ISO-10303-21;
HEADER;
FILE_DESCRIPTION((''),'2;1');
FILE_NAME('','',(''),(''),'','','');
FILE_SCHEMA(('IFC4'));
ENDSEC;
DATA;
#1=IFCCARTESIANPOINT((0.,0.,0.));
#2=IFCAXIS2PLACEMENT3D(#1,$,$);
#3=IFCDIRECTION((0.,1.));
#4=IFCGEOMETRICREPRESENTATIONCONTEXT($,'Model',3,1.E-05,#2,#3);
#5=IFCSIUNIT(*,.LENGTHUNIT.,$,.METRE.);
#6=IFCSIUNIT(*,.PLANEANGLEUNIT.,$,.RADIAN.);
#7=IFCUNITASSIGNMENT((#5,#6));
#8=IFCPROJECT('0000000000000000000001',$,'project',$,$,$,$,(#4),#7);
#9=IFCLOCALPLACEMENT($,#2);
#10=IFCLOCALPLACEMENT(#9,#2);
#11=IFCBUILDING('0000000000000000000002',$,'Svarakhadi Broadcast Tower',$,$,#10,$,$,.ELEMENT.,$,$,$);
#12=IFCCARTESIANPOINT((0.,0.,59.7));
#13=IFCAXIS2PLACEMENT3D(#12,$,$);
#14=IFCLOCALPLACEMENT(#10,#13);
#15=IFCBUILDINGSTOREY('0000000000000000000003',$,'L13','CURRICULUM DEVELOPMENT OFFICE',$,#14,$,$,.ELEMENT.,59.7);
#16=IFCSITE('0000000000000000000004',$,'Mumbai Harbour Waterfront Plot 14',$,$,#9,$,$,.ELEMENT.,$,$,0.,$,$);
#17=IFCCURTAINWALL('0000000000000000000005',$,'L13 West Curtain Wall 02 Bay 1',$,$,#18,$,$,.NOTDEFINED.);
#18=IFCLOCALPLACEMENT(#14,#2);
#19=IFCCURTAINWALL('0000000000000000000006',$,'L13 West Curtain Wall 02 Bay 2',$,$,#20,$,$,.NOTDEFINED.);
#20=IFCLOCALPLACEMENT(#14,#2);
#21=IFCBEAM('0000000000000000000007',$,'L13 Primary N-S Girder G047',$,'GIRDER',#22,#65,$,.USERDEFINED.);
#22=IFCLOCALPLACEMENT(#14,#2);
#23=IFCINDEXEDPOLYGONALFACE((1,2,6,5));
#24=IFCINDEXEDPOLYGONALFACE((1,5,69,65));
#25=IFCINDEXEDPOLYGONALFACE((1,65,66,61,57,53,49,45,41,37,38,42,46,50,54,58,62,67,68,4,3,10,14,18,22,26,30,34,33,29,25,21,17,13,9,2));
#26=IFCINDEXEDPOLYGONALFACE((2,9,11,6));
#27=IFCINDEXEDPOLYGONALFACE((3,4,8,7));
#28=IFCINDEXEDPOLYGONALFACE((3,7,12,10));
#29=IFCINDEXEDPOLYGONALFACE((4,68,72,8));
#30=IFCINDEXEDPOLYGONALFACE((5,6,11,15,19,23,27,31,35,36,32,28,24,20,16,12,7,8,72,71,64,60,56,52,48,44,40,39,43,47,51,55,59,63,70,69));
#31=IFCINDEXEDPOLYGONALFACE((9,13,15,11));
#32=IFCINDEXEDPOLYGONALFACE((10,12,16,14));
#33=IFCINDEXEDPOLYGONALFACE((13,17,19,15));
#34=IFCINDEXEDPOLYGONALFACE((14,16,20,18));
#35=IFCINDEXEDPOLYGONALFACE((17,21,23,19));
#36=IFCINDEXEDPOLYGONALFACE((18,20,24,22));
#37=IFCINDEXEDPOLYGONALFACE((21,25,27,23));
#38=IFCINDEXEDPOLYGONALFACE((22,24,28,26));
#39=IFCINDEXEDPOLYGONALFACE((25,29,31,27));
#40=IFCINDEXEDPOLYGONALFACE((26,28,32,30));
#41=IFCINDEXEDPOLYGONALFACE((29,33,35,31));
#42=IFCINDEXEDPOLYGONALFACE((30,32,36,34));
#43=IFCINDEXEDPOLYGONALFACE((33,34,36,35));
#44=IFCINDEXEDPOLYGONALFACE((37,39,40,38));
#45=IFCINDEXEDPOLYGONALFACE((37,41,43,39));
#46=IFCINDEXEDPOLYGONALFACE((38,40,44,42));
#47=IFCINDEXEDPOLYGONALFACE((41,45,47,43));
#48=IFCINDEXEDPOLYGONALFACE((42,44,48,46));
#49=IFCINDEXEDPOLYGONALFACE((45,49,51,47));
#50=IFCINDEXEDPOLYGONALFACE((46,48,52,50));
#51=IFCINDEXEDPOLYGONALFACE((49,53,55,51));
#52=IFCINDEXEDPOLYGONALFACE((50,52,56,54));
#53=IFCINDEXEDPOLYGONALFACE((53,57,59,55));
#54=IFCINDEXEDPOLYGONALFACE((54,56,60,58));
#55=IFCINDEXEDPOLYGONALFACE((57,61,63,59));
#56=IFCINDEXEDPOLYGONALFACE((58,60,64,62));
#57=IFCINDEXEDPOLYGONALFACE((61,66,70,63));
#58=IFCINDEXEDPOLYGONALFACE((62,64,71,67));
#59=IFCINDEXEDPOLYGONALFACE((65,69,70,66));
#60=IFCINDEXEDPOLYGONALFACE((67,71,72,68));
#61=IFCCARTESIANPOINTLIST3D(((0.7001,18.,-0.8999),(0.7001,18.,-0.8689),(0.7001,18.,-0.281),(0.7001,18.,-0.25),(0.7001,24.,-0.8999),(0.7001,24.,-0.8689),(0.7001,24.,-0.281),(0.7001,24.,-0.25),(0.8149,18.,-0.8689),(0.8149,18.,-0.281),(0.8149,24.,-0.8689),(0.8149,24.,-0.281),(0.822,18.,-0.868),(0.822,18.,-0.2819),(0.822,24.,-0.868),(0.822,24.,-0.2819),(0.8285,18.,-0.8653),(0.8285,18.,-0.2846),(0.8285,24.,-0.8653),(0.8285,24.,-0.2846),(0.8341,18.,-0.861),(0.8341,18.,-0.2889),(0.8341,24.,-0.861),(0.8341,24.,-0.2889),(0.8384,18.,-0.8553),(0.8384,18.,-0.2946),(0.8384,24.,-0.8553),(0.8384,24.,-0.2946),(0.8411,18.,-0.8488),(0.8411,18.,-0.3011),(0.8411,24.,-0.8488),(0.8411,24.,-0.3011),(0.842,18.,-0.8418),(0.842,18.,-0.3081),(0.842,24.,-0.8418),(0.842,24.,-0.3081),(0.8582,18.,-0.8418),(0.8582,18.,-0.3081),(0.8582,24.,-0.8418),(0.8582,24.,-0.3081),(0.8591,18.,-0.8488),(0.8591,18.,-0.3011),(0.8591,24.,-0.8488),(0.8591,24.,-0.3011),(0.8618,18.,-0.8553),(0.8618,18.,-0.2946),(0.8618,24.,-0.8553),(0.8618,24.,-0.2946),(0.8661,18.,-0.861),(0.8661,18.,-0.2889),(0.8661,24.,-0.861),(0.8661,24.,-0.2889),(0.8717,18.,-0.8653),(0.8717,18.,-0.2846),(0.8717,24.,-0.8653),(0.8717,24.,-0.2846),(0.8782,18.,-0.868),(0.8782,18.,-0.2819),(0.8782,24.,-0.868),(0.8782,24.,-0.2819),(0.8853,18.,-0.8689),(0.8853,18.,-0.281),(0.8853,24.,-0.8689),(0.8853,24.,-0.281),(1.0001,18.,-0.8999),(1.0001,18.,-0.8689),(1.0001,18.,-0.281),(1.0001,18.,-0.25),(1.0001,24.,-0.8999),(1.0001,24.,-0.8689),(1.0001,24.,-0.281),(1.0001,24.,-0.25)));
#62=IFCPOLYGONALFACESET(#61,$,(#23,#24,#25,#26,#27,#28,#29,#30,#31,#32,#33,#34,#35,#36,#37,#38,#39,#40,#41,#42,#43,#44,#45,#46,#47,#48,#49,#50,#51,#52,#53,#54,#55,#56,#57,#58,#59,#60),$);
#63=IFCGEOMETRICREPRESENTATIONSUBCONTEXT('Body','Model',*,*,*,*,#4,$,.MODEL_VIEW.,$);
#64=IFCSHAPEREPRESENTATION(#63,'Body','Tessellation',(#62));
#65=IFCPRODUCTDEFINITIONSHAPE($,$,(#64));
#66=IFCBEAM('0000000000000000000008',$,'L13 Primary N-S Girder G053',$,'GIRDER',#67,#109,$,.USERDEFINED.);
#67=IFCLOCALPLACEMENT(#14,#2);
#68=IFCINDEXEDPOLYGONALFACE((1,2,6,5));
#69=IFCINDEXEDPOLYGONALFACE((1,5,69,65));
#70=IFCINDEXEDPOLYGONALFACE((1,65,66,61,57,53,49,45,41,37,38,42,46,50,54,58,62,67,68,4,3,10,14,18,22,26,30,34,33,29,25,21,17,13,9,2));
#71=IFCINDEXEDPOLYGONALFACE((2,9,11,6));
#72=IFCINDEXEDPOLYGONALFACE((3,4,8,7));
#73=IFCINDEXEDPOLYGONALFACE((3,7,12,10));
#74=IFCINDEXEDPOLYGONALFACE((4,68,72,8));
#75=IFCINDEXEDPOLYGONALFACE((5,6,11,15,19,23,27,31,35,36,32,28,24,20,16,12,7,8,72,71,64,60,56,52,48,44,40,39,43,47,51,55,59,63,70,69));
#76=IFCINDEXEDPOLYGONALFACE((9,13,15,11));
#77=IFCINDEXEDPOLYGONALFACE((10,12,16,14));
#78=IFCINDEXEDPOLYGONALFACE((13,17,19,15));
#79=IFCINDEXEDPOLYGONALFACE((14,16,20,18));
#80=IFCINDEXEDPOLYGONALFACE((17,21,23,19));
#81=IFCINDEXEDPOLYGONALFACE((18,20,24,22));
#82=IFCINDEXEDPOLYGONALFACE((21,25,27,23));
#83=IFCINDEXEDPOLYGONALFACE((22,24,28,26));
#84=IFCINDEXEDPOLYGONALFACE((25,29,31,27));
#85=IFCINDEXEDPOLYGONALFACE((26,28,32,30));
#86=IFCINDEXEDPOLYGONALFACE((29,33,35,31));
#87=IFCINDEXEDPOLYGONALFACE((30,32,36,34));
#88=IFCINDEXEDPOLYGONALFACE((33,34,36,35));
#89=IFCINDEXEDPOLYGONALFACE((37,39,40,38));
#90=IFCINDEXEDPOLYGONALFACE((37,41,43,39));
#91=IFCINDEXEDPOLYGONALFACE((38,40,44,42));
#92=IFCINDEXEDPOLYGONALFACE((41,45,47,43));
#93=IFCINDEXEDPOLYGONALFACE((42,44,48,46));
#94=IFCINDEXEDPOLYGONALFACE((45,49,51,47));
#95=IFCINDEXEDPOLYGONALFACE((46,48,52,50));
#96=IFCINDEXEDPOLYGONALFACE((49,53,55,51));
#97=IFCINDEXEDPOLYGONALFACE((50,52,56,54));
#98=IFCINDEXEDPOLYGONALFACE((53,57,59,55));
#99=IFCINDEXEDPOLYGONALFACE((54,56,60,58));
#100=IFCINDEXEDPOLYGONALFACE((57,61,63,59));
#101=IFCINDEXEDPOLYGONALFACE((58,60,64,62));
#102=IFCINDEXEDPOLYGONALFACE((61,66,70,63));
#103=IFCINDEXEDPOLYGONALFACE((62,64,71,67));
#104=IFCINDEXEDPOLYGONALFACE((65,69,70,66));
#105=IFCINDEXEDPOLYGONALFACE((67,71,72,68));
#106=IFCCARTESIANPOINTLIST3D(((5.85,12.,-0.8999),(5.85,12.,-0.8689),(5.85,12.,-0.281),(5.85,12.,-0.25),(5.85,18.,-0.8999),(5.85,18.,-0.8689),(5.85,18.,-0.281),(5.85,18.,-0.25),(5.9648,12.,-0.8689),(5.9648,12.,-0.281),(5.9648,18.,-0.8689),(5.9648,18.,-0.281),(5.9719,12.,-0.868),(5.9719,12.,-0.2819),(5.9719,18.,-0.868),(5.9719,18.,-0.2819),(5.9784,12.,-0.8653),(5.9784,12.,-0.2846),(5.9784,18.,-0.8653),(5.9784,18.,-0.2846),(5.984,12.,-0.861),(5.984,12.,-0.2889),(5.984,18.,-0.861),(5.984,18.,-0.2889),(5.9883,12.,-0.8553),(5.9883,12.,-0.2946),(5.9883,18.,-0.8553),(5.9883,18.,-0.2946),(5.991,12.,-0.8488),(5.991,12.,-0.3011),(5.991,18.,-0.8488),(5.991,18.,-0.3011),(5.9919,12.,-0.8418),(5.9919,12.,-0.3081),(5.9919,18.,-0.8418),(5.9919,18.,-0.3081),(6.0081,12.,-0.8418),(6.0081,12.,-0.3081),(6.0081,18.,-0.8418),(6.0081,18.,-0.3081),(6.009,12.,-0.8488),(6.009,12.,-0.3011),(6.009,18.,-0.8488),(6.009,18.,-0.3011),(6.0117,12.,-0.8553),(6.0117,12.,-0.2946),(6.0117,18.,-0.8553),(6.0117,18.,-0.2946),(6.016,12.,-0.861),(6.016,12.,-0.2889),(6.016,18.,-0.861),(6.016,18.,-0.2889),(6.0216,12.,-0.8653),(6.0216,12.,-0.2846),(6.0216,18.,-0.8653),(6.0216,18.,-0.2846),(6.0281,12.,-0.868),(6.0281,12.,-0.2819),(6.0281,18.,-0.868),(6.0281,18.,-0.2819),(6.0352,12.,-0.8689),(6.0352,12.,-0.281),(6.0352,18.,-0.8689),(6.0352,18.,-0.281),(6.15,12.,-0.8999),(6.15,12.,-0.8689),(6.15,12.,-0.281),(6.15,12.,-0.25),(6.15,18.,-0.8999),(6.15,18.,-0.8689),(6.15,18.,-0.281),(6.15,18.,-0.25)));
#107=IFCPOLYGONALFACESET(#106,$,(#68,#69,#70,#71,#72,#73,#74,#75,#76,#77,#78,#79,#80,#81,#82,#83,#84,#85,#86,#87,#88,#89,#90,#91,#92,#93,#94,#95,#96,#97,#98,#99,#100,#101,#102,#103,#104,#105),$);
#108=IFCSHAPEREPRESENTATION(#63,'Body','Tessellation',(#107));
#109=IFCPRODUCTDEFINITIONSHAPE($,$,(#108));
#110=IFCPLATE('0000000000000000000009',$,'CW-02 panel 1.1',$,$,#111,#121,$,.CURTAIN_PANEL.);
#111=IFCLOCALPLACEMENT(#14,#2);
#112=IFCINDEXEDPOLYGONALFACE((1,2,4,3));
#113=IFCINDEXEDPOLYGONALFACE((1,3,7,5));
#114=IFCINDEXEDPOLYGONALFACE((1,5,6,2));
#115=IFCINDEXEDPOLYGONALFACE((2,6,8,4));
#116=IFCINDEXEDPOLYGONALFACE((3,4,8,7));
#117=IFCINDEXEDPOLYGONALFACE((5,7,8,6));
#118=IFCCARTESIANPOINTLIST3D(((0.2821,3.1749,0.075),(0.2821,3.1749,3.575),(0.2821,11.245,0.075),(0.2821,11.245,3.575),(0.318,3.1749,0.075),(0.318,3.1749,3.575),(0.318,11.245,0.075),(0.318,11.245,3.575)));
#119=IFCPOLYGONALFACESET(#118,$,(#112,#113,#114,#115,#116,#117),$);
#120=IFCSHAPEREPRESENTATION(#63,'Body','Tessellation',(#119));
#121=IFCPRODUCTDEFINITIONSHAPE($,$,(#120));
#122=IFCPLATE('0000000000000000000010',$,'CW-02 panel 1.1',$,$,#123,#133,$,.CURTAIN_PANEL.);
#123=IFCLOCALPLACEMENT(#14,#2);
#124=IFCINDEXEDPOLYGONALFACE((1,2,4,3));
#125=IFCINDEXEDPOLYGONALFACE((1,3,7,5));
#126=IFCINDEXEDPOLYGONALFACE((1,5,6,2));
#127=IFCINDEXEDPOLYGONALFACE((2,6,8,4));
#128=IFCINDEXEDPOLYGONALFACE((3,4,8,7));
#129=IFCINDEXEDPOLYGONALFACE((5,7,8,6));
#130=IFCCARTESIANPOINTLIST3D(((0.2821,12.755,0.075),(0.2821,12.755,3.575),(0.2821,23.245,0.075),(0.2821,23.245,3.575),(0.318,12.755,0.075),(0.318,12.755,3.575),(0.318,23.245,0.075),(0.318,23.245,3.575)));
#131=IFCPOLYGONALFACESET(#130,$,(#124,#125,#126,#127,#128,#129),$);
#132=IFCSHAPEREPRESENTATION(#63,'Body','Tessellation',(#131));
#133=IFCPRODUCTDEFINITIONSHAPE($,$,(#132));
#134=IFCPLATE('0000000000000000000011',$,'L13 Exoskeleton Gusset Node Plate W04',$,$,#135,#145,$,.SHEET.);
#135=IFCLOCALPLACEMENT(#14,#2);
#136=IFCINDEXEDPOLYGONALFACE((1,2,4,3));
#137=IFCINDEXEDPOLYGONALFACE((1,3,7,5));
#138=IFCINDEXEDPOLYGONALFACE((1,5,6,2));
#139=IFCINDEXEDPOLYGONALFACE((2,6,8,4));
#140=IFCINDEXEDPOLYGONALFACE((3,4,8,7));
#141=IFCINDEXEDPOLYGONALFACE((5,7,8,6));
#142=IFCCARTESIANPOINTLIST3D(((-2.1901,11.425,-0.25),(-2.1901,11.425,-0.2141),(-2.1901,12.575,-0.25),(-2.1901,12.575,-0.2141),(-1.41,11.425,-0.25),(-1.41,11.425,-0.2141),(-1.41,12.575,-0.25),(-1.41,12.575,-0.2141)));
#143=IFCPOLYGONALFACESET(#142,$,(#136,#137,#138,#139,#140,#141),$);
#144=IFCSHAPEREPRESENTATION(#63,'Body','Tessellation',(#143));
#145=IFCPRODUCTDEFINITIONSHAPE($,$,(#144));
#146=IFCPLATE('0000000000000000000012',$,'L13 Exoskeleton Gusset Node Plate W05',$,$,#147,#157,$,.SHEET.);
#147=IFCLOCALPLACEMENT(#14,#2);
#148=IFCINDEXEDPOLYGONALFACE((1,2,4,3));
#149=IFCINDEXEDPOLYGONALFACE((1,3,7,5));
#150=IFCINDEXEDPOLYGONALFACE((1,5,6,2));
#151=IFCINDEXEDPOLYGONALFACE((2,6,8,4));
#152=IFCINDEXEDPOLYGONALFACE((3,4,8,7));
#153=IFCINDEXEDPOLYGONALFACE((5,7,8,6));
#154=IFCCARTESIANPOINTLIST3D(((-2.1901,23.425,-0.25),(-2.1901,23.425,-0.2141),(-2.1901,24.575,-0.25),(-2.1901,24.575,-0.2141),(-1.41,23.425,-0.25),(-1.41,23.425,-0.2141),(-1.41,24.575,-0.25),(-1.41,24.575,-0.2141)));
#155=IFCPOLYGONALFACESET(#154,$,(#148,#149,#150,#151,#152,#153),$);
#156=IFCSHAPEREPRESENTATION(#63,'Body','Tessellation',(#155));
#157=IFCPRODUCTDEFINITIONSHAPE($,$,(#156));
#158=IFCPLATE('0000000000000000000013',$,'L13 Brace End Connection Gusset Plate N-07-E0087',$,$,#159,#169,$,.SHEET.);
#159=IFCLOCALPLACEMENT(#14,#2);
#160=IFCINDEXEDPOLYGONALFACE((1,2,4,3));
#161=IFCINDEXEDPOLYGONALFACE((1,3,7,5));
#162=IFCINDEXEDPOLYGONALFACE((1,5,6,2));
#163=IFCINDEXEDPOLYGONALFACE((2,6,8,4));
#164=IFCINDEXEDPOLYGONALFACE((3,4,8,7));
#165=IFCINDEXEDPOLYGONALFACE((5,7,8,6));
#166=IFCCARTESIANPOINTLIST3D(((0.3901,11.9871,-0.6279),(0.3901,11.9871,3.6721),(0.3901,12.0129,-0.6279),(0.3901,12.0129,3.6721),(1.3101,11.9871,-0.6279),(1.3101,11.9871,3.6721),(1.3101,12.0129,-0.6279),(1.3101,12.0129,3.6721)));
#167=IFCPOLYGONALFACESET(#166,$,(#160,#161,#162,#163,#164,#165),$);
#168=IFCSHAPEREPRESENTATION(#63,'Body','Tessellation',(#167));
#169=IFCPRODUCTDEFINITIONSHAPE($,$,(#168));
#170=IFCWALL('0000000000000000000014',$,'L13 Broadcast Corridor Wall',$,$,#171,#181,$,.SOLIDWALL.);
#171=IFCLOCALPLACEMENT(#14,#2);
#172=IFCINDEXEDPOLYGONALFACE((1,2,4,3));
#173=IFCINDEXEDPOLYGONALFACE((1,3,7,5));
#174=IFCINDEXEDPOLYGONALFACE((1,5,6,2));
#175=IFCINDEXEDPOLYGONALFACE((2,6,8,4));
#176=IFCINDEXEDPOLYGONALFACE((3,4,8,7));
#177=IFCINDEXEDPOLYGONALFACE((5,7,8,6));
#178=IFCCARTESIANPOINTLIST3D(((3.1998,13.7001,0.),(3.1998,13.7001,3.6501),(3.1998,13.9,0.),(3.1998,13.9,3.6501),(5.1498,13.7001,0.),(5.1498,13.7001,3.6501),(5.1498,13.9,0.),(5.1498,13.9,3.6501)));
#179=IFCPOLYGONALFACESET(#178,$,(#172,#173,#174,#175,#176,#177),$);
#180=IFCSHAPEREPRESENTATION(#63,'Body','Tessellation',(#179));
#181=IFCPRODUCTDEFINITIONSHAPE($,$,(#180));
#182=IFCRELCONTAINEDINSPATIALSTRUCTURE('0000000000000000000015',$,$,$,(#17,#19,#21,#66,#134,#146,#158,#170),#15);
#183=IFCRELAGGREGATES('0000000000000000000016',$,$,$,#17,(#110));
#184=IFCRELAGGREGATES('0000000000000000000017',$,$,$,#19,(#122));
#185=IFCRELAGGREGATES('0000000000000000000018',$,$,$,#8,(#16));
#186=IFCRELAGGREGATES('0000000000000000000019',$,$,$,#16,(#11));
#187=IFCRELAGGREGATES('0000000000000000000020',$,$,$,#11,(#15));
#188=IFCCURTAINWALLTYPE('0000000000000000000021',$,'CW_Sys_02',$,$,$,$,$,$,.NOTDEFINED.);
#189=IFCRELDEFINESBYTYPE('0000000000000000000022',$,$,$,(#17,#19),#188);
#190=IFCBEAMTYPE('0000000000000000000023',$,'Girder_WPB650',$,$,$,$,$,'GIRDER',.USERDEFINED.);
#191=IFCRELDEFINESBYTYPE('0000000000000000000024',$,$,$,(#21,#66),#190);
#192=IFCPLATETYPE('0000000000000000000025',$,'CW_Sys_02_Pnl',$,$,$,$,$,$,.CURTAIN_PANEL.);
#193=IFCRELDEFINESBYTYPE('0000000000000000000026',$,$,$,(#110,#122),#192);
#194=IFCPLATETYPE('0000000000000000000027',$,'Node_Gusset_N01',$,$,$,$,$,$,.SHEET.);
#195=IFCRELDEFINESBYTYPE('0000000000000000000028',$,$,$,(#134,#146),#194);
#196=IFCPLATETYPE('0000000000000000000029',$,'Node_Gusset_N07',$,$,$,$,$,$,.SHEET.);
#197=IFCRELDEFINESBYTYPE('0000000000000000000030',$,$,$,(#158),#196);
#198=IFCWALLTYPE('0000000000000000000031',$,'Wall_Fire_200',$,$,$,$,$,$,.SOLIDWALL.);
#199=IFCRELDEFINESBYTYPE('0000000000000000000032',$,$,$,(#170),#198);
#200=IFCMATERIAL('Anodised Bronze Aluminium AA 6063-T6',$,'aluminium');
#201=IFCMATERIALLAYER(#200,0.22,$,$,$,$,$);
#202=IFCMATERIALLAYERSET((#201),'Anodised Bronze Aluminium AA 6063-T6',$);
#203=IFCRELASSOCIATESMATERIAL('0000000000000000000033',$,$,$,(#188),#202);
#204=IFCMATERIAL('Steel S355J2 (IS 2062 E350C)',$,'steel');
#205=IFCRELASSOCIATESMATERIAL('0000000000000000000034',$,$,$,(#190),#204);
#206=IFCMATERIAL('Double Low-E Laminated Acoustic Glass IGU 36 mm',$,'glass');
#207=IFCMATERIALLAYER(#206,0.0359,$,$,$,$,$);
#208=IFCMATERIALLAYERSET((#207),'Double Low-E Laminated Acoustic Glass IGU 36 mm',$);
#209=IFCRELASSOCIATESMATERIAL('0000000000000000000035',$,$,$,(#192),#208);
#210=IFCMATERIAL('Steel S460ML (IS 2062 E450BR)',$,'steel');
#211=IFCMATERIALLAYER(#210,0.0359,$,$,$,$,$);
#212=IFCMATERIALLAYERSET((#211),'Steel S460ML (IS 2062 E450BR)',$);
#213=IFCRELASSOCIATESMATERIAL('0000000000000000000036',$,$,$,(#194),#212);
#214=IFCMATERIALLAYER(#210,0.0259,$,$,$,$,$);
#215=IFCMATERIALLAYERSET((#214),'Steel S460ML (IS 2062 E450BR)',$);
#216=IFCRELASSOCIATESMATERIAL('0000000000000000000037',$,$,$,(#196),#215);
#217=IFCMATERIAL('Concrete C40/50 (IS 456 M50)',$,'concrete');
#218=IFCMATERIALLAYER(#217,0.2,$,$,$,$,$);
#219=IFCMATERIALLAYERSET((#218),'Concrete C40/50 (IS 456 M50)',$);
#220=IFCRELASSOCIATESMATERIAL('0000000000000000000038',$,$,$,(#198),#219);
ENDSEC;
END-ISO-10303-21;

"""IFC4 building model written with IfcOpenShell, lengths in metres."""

from ifc_helpers import new_model, si_unit, direction, frame, frame_2d, origin, origin_2d, place, context, subcontext, project, spatial, rectangle, i_section, extrude, material, layer, layer_set, material_profile, profile_set, type_object, element, aggregate, save


model = new_model("IFC4")

# Units and contexts
model_context = context("Model", 3, precision=1e-05, world=origin(), true_north=direction((0.0, 1.0)))
body_context = subcontext(model_context, "Body", "Model", "MODEL_VIEW")
ifc_project = project(units=[si_unit("LENGTHUNIT", "METRE"), si_unit("PLANEANGLEUNIT", "RADIAN")], contexts=[model_context])

# Site, building, storey
site_placement = place(None, origin())
site = spatial("IfcSite", under=ifc_project, at=site_placement, Name="Mumbai Harbour Waterfront Plot 14", CompositionType="ELEMENT", RefElevation=0.0)
building_placement = place(site_placement, origin())
building = spatial("IfcBuilding", under=site, at=building_placement, Name="Svarakhadi Broadcast Tower", CompositionType="ELEMENT")
storey_placement = place(building_placement, frame((0.0, 0.0, 59.7)))
storey = spatial("IfcBuildingStorey", under=building, at=storey_placement, Name="L13", Description="CURRICULUM DEVELOPMENT OFFICE", CompositionType="ELEMENT", Elevation=59.7)

# Shared definitions
ifc_material_1 = material(Name="Steel S460ML (IS 2062 E450BR)", Category="steel")

# Shared definitions
ifc_material_2 = material(Name="Steel S355J2 (IS 2062 E350C)", Category="steel")

# Curtain wall
ifc_material_3 = material(Name="Anodised Bronze Aluminium AA 6063-T6", Category="aluminium")
ifc_layer_1 = layer(ifc_material_3, 0.22)
ifc_layer_set_1 = layer_set([ifc_layer_1], Name="Anodised Bronze Aluminium AA 6063-T6")
curtain_wall_type = type_object("IfcCurtainWallType", Name="CW_Sys_02", PredefinedType="NOTDEFINED", material=ifc_layer_set_1)
curtain_wall_1_placement = place(storey_placement, origin())
curtain_wall_1 = element("IfcCurtainWall", 1, at=curtain_wall_1_placement, inside=storey, type_object=curtain_wall_type, Name="L13 West Curtain Wall 02 Bay 1", PredefinedType="NOTDEFINED")

# Curtain wall
curtain_wall_2_placement = place(storey_placement, origin())
curtain_wall_2 = element("IfcCurtainWall", 2, at=curtain_wall_2_placement, inside=storey, type_object=curtain_wall_type, Name="L13 West Curtain Wall 02 Bay 2", PredefinedType="NOTDEFINED")

# Beams
ifc_material_profile_1 = material_profile(ifc_material_2, i_section(OverallWidth=0.3, OverallDepth=0.6499, WebThickness=0.0161, FlangeThickness=0.031, FilletRadius=0.0271, at=origin_2d()), Name="WPB 650x300x225")
ifc_profile_set_1 = profile_set([ifc_material_profile_1], Name="Steel S355J2 (IS 2062 E350C)")
beam_type_1 = type_object("IfcBeamType", Name="Girder_WPB650", ElementType="GIRDER", PredefinedType="USERDEFINED", material=ifc_profile_set_1)
for number, where, z_axis, x_axis, name in (
    (3, (0.8501, 18.0, -0.575), (0.0, 1.0, 0.0), (-1.0, 0.0, 0.0), "L13 Primary N-S Girder G047"),
    (4, (6.0, 12.0, -0.575), (0.0, 1.0, 0.0), (-1.0, 0.0, 0.0), "L13 Primary N-S Girder G053"),
):
    element("IfcBeam", number, at=place(storey_placement, frame(where, z_axis=z_axis, x_axis=x_axis)), inside=storey, type_object=beam_type_1, Name=name, ObjectType="GIRDER", PredefinedType="USERDEFINED", context=body_context, shape_type="SweptSolid", body=[
        extrude(i_section(OverallWidth=0.3, OverallDepth=0.6499, WebThickness=0.0161, FlangeThickness=0.031, FilletRadius=0.0271, at=origin_2d()), origin(), (0.0, 0.0, 1.0), 6.0),
    ])

# Plates
ifc_material_4 = material(Name="Double Low-E Laminated Acoustic Glass IGU 36 mm", Category="glass")
ifc_layer_2 = layer(ifc_material_4, 0.0359)
ifc_layer_set_2 = layer_set([ifc_layer_2], Name="Double Low-E Laminated Acoustic Glass IGU 36 mm")
plate_type_1 = type_object("IfcPlateType", Name="CW_Sys_02_Pnl", PredefinedType="CURTAIN_PANEL", material=ifc_layer_set_2)
plate_1_placement = place(storey_placement, frame((0.3, 7.21, 0.075), z_axis=(0.0, 0.0, 1.0), x_axis=(0.0, 1.0, 0.0)))
plate_1 = element("IfcPlate", 5, at=plate_1_placement, type_object=plate_type_1, Name="CW-02 panel 1.1", PredefinedType="CURTAIN_PANEL", context=body_context, shape_type="SweptSolid", body=[
    extrude(rectangle(XDim=8.0701, YDim=0.0359, at=origin_2d()), origin(), (0.0, 0.0, 1.0), 3.5),
])
aggregate(curtain_wall_1, [plate_1])
plate_2_placement = place(storey_placement, frame((0.3, 18.0, 0.075), z_axis=(0.0, 0.0, 1.0), x_axis=(0.0, 1.0, 0.0)))
plate_2 = element("IfcPlate", 6, at=plate_2_placement, type_object=plate_type_1, Name="CW-02 panel 1.1", PredefinedType="CURTAIN_PANEL", context=body_context, shape_type="SweptSolid", body=[
    extrude(rectangle(XDim=10.49, YDim=0.0359, at=origin_2d()), origin(), (0.0, 0.0, 1.0), 3.5),
])
aggregate(curtain_wall_2, [plate_2])

# Plates
ifc_layer_3 = layer(ifc_material_1, 0.0359)
ifc_layer_set_3 = layer_set([ifc_layer_3], Name="Steel S460ML (IS 2062 E450BR)")
plate_type_2 = type_object("IfcPlateType", Name="Node_Gusset_N01", PredefinedType="SHEET", material=ifc_layer_set_3)
for number, where, z_axis, x_axis, name in (
    (7, (-1.8, 12.0, -0.25), (0.0, 0.0, 1.0), (0.0, 1.0, 0.0), "L13 Exoskeleton Gusset Node Plate W04"),
    (8, (-1.8, 24.0, -0.25), (0.0, 0.0, 1.0), (0.0, 1.0, 0.0), "L13 Exoskeleton Gusset Node Plate W05"),
):
    element("IfcPlate", number, at=place(storey_placement, frame(where, z_axis=z_axis, x_axis=x_axis)), inside=storey, type_object=plate_type_2, Name=name, PredefinedType="SHEET", context=body_context, shape_type="SweptSolid", body=[
        extrude(rectangle(XDim=1.1499, YDim=0.78, at=origin_2d()), origin(), (0.0, 0.0, 1.0), 0.0359),
    ])
ifc_layer_4 = layer(ifc_material_1, 0.0259)
ifc_layer_set_4 = layer_set([ifc_layer_4], Name="Steel S460ML (IS 2062 E450BR)")
plate_type_3 = type_object("IfcPlateType", Name="Node_Gusset_N07", PredefinedType="SHEET", material=ifc_layer_set_4)
plate_3_placement = place(storey_placement, frame((0.8501, 12.0, -0.6279), z_axis=(0.0, 0.0, 1.0), x_axis=(1.0, 0.0, 0.0)))
element("IfcPlate", 9, at=plate_3_placement, inside=storey, type_object=plate_type_3, Name="L13 Brace End Connection Gusset Plate N-07-E0087", PredefinedType="SHEET", context=body_context, shape_type="SweptSolid", body=[
    extrude(rectangle(XDim=0.9199, YDim=0.0259, at=origin_2d()), origin(), (0.0, 0.0, 1.0), 4.3),
])

# Wall
ifc_material_5 = material(Name="Concrete C40/50 (IS 456 M50)", Category="concrete")
ifc_layer_5 = layer(ifc_material_5, 0.2)
ifc_layer_set_5 = layer_set([ifc_layer_5], Name="Concrete C40/50 (IS 456 M50)")
wall_type_1 = type_object("IfcWallType", Name="Wall_Fire_200", PredefinedType="SOLIDWALL", material=ifc_layer_set_5)
wall_1_placement = place(storey_placement, frame((5.1499, 13.8, 0.0), z_axis=(0.0, 0.0, 1.0), x_axis=(-1.0, 0.0, 0.0)))
element("IfcWall", 10, at=wall_1_placement, inside=storey, type_object=wall_type_1, Name="L13 Broadcast Corridor Wall", PredefinedType="SOLIDWALL", context=body_context, shape_type="SweptSolid", body=[
    extrude(rectangle(XDim=1.95, YDim=0.2, at=frame_2d((0.9751, 0.0))), origin(), (0.0, 0.0, 1.0), 3.6501),
])

save(model, "model.ifc")
